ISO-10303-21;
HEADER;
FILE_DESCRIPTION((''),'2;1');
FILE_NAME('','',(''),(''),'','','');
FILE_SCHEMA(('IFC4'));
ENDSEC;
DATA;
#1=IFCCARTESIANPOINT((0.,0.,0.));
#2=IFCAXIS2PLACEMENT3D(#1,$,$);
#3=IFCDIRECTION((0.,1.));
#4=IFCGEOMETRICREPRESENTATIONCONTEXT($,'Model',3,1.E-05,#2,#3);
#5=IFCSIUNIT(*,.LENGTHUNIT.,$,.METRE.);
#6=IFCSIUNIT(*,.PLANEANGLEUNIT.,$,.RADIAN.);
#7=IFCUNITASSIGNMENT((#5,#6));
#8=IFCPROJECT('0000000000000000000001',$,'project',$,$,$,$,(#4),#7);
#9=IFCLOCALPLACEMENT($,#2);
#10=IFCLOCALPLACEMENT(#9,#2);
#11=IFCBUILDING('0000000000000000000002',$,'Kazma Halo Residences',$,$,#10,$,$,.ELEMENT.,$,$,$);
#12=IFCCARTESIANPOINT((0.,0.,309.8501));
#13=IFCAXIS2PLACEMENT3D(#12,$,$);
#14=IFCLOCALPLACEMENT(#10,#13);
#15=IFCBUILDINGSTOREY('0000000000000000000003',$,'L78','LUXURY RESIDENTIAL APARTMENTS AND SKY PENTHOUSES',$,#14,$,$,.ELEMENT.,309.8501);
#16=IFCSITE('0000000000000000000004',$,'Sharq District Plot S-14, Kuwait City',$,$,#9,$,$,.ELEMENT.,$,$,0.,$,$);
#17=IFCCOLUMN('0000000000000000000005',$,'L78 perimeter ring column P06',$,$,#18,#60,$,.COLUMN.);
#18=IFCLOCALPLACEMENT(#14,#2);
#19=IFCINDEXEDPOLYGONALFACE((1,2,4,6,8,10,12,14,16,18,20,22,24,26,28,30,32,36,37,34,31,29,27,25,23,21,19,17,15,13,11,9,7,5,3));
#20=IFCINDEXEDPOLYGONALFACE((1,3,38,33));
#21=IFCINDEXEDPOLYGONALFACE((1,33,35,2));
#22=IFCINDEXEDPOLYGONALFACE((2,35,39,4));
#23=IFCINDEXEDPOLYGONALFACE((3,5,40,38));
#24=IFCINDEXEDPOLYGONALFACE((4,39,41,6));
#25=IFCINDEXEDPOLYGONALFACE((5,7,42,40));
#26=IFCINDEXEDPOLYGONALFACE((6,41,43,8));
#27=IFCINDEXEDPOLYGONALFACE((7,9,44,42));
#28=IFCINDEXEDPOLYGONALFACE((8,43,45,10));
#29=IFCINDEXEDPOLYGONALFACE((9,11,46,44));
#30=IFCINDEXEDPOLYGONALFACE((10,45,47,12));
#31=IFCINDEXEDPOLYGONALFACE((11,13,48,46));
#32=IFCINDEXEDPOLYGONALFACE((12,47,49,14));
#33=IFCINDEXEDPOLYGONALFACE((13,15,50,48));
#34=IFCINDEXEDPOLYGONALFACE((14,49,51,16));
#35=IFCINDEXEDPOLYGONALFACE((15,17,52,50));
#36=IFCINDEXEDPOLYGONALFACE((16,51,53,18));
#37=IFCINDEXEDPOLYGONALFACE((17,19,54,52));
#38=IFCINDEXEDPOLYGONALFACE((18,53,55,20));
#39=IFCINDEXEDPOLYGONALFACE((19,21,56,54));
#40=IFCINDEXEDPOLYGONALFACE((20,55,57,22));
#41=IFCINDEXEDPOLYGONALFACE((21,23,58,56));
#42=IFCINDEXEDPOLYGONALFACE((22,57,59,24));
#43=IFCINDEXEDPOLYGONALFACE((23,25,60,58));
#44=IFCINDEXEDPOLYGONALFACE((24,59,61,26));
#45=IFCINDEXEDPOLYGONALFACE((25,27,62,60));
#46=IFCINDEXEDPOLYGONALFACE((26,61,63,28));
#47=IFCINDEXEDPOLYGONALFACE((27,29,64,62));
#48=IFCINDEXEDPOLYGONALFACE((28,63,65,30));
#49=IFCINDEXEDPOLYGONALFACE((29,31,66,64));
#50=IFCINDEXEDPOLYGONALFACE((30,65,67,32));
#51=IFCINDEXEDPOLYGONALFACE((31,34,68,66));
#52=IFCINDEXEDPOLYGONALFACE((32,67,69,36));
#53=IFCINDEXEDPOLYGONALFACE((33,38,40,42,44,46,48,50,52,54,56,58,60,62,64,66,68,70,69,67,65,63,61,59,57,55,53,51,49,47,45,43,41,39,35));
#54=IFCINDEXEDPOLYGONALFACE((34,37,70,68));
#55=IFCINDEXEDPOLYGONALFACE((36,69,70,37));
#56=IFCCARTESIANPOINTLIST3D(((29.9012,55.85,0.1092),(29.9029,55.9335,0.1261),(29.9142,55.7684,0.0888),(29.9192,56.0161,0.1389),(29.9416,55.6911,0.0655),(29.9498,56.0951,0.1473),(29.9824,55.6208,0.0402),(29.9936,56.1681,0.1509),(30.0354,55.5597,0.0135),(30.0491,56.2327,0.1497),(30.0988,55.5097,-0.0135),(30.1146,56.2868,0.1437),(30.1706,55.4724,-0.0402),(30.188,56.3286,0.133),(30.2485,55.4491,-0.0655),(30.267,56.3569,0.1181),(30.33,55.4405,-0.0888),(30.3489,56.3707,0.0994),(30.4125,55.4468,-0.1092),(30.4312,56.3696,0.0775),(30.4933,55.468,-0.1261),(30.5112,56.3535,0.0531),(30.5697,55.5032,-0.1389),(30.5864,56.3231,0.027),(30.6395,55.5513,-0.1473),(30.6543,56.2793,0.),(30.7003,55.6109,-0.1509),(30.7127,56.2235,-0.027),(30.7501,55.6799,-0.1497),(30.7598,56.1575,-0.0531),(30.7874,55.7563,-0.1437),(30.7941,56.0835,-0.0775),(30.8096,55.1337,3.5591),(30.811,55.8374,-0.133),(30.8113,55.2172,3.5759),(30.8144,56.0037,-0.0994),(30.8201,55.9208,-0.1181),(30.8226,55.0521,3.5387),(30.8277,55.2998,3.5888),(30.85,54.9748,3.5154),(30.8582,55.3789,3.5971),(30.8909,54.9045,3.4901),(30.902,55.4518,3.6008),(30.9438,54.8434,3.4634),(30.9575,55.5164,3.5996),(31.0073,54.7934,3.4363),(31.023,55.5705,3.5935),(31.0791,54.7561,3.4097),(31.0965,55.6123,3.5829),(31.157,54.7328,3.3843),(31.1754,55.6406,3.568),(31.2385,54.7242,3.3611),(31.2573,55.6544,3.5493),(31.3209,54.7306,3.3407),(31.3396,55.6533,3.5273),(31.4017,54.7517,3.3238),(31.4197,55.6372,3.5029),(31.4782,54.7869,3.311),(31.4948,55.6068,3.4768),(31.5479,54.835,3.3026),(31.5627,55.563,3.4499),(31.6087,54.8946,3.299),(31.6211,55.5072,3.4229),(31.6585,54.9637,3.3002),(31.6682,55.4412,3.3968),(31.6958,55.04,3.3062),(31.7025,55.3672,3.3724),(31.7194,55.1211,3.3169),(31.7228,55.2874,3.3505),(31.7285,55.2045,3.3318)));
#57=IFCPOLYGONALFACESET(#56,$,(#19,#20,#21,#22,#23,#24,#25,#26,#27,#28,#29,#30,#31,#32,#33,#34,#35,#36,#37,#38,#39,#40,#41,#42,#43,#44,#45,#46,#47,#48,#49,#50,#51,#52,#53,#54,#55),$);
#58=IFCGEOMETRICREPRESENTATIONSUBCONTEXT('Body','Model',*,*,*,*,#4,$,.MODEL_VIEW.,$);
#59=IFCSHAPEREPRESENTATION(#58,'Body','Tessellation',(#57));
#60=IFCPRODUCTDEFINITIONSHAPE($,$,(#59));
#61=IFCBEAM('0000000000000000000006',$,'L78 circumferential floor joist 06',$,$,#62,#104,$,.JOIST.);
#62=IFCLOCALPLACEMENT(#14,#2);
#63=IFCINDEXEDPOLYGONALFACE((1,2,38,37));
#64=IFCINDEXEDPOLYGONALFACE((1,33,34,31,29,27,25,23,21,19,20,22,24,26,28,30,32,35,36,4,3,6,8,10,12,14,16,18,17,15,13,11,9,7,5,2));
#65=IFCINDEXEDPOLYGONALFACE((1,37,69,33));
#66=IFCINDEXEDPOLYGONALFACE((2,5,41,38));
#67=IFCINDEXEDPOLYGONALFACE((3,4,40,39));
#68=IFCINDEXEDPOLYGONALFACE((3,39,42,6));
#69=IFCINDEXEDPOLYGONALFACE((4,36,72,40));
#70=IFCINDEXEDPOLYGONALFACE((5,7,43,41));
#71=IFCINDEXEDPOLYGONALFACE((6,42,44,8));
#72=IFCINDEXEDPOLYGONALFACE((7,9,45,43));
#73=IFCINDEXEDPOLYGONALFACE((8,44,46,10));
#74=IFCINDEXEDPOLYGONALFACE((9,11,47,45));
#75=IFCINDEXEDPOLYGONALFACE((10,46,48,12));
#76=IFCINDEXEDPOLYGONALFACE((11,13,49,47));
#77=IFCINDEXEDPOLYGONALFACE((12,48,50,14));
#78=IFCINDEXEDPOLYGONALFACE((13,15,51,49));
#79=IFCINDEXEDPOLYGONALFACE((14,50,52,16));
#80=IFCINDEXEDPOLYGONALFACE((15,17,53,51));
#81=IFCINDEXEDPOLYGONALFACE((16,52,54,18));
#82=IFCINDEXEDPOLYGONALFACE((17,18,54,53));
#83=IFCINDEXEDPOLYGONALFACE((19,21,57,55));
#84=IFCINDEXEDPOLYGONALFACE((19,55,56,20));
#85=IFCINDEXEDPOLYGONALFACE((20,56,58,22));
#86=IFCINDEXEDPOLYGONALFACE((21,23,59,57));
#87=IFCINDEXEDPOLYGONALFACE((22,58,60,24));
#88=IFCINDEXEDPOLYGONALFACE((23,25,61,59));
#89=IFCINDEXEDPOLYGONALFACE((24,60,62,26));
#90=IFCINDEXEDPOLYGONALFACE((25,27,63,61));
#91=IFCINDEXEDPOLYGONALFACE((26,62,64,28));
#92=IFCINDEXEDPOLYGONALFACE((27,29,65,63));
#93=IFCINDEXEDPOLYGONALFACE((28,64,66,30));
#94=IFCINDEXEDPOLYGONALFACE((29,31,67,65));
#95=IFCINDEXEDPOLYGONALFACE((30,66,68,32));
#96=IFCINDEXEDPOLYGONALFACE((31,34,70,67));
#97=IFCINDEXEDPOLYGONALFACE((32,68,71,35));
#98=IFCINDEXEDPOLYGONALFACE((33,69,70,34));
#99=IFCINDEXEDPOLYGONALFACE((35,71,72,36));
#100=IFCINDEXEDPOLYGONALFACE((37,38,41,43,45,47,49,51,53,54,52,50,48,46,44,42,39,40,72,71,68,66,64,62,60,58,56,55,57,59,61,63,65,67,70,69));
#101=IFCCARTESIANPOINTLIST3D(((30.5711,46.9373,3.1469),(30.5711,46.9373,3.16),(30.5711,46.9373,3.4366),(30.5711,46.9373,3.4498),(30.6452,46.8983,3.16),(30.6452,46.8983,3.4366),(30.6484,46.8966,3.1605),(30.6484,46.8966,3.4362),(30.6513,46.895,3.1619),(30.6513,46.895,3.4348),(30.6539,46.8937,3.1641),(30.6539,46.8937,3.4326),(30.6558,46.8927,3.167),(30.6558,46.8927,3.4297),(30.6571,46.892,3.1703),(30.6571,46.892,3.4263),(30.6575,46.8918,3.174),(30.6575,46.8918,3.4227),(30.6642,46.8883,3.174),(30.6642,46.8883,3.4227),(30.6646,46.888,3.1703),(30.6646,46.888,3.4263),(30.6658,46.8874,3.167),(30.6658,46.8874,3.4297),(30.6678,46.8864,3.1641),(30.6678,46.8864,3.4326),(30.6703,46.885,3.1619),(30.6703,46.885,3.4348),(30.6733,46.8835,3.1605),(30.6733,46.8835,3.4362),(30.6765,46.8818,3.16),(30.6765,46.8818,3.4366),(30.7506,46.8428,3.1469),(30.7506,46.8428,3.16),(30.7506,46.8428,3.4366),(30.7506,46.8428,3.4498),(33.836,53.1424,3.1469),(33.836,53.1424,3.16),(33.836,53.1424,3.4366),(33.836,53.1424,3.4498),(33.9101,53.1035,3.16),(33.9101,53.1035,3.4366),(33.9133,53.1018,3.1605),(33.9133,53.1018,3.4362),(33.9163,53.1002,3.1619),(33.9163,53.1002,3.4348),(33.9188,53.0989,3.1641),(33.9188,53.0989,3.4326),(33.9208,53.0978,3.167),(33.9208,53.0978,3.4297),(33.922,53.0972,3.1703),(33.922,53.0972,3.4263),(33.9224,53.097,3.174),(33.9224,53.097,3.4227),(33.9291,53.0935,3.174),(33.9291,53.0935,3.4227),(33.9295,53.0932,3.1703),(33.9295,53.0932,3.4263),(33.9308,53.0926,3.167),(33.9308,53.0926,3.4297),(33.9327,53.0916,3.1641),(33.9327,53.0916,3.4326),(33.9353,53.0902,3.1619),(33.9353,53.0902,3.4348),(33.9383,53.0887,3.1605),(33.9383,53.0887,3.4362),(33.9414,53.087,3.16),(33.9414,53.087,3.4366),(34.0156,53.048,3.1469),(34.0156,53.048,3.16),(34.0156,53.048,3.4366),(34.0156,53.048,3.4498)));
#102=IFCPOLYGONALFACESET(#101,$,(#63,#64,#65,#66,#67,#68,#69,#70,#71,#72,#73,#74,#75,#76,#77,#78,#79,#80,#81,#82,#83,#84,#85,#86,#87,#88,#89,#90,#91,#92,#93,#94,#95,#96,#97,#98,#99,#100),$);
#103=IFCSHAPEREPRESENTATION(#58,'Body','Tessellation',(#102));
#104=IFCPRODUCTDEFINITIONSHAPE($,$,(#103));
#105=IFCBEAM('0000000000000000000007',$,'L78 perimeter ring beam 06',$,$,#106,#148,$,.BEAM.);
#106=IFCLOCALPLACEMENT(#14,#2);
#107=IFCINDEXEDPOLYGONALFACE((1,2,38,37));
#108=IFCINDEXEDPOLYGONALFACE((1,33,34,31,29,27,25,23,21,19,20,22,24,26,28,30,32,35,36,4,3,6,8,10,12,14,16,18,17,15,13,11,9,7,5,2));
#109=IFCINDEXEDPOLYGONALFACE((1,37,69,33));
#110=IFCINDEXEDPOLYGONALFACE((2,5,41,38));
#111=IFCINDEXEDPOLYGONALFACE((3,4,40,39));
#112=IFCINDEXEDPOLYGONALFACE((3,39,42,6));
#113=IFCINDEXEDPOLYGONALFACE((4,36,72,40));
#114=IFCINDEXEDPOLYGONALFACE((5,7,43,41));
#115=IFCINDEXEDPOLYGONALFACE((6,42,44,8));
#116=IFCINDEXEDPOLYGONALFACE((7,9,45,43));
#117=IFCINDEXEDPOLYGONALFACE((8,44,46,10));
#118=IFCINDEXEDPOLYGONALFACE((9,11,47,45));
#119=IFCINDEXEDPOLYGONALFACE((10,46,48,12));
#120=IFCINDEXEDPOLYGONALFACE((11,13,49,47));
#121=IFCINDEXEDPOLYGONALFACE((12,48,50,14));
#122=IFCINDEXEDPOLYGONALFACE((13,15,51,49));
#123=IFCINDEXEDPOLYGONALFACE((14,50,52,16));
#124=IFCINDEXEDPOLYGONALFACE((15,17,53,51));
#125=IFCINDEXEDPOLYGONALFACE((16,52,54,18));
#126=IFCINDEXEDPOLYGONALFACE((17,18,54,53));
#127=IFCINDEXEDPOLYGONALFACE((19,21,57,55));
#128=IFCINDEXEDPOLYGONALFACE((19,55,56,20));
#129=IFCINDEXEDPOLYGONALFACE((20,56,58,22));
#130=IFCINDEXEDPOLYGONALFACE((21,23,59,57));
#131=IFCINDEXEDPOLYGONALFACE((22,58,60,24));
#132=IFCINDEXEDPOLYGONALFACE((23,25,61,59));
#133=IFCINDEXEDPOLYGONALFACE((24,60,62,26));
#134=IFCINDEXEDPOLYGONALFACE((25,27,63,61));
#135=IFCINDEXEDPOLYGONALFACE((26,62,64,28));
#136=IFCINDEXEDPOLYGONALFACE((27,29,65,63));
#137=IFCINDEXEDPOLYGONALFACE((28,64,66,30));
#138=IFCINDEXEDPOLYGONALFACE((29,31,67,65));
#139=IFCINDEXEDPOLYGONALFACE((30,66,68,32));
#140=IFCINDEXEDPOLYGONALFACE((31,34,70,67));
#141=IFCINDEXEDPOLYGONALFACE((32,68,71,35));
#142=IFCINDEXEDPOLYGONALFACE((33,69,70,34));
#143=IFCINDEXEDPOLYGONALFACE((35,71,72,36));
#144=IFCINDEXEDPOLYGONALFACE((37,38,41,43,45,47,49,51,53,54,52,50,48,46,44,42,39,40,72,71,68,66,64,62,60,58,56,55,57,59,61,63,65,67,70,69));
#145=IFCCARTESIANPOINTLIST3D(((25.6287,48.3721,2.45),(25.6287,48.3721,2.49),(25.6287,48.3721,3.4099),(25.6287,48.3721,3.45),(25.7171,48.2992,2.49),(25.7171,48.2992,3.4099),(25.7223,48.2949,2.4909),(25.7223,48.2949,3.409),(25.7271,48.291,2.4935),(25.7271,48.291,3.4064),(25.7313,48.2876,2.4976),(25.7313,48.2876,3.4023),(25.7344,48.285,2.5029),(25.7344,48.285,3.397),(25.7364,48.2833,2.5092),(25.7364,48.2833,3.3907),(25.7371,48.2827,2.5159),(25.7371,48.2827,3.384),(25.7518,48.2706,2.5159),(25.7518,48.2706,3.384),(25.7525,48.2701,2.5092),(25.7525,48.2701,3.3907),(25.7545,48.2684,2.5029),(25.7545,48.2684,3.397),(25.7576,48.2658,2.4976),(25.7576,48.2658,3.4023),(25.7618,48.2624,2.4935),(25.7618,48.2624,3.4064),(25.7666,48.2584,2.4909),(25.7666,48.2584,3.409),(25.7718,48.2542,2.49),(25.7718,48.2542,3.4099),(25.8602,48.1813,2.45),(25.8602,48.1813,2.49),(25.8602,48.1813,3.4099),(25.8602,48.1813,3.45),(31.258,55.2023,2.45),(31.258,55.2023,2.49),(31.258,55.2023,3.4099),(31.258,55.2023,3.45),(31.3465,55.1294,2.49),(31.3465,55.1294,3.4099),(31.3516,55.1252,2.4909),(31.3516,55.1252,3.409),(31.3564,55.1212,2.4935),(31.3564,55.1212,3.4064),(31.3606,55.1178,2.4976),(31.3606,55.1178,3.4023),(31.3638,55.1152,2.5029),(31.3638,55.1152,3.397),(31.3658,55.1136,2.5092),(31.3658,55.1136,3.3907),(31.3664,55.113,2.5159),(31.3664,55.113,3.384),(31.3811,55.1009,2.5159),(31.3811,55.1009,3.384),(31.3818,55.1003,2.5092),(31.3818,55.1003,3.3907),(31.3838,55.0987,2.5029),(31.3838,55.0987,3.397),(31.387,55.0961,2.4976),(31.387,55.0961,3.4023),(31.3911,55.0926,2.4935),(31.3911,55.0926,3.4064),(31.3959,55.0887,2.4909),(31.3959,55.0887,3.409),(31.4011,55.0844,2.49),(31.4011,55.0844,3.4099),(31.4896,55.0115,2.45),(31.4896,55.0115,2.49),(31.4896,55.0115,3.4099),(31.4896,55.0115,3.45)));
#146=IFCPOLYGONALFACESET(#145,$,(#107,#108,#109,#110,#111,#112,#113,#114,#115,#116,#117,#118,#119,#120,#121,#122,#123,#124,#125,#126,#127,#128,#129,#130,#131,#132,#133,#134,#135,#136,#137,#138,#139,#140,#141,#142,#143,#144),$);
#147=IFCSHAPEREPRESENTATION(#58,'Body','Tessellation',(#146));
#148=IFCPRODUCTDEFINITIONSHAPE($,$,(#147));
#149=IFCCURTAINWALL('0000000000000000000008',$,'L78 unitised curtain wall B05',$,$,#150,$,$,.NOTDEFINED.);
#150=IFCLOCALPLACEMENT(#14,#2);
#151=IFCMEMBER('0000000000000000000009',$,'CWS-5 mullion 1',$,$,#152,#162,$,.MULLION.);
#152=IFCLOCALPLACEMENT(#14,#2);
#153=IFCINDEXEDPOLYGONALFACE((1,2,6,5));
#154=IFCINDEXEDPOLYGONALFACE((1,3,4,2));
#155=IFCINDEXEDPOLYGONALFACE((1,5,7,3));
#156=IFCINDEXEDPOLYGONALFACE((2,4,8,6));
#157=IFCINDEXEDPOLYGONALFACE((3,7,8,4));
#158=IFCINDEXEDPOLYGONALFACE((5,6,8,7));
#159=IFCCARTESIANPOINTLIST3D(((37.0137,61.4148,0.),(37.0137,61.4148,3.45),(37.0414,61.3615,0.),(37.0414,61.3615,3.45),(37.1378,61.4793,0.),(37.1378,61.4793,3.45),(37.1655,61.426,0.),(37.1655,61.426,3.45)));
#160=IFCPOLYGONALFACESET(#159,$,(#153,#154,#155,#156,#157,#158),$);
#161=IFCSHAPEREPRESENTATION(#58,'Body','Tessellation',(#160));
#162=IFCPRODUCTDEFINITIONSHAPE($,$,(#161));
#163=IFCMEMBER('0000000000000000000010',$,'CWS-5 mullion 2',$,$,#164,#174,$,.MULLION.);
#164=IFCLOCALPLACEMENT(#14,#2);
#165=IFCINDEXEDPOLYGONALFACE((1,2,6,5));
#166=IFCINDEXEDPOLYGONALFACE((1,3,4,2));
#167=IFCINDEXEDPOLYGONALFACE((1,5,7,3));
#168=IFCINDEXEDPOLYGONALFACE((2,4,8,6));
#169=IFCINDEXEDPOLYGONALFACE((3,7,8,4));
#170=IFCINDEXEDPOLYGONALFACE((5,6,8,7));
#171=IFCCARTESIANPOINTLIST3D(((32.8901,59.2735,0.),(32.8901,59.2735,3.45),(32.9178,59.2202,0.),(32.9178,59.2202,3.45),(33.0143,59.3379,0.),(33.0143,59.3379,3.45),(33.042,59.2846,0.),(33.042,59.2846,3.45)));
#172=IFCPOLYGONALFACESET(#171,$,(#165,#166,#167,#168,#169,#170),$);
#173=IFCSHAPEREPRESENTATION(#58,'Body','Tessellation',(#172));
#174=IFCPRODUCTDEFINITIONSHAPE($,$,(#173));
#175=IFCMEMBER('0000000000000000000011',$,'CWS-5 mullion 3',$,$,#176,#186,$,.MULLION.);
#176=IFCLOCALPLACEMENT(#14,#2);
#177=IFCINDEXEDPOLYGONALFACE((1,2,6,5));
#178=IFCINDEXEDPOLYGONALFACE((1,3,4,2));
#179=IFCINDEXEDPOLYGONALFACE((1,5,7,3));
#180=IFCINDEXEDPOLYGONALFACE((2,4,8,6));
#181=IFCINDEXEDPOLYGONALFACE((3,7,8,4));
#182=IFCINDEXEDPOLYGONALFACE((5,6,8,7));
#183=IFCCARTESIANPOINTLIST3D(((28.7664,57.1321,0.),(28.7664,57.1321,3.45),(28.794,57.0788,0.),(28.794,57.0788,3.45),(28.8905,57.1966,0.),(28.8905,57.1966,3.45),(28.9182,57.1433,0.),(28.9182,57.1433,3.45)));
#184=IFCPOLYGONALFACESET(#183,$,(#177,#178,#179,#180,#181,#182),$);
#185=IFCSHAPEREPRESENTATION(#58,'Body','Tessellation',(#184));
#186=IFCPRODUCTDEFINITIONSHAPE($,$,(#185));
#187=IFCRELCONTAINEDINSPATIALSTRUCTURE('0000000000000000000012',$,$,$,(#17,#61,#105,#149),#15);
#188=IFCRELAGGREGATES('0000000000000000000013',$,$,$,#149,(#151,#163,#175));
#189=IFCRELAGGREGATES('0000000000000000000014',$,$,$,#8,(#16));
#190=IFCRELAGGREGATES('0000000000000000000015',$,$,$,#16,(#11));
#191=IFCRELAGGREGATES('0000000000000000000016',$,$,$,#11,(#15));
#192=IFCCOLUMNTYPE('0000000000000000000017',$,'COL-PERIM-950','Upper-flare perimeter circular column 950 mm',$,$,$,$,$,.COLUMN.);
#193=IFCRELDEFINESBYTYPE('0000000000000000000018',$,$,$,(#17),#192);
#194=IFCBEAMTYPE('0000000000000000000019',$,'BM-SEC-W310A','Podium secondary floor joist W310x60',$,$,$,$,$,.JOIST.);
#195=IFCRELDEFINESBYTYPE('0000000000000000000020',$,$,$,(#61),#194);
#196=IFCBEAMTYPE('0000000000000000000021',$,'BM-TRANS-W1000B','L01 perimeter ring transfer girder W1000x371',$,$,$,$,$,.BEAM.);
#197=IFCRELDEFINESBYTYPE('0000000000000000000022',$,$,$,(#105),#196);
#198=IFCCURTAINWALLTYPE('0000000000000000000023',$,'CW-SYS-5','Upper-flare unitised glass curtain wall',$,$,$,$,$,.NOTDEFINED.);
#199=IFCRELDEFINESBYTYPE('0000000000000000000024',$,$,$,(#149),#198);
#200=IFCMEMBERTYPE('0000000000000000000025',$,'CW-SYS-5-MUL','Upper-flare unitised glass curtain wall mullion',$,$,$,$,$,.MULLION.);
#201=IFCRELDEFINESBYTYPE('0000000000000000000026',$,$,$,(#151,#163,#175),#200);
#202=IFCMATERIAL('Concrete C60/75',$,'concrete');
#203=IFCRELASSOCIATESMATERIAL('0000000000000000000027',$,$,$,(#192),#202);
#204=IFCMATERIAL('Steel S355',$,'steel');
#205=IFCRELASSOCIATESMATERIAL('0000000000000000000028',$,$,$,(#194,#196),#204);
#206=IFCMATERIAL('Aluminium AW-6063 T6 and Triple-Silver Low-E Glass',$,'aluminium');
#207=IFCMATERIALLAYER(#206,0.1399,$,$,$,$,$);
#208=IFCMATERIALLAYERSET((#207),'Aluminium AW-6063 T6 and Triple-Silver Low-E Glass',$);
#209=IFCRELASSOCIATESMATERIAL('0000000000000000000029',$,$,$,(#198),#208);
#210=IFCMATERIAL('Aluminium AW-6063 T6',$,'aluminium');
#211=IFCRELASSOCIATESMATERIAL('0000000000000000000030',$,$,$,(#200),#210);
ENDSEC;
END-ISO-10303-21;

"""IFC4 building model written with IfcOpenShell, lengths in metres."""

from ifc_helpers import new_model, si_unit, direction, frame, origin, origin_2d, place, context, subcontext, project, spatial, rectangle, circle, i_section, extrude, material, layer, layer_set, material_profile, profile_set, type_object, element, aggregate, save


model = new_model("IFC4")

# Units and contexts
model_context = context("Model", 3, precision=1e-05, world=origin(), true_north=direction((0.0, 1.0)))
body_context = subcontext(model_context, "Body", "Model", "MODEL_VIEW")
ifc_project = project(units=[si_unit("LENGTHUNIT", "METRE"), si_unit("PLANEANGLEUNIT", "RADIAN")], contexts=[model_context])

# Site, building, storey
site_placement = place(None, origin())
site = spatial("IfcSite", under=ifc_project, at=site_placement, Name="Sharq District Plot S-14, Kuwait City", CompositionType="ELEMENT", RefElevation=0.0)
building_placement = place(site_placement, origin())
building = spatial("IfcBuilding", under=site, at=building_placement, Name="Kazma Halo Residences", CompositionType="ELEMENT")
storey_placement = place(building_placement, frame((0.0, 0.0, 309.8501)))
storey = spatial("IfcBuildingStorey", under=building, at=storey_placement, Name="L78", Description="LUXURY RESIDENTIAL APARTMENTS AND SKY PENTHOUSES", CompositionType="ELEMENT", Elevation=309.8501)

# Column
ifc_material_1 = material(Name="Concrete C60/75", Category="concrete")
ifc_material_profile_1 = material_profile(ifc_material_1, circle(Radius=0.4751, at=origin_2d()), Name="CIRC950")
ifc_profile_set_1 = profile_set([ifc_material_profile_1], Name="Concrete C60/75")
column_type = type_object("IfcColumnType", Name="COL-PERIM-950", Description="Upper-flare perimeter circular column 950 mm", PredefinedType="COLUMN", material=ifc_profile_set_1)
column_placement = place(storey_placement, frame((30.3601, 55.9062, 0.0), z_axis=(0.249659, -0.196855, 0.948113), x_axis=(0.619172, 0.785255, 0.0)))
element("IfcColumn", 1, at=column_placement, inside=storey, type_object=column_type, Name="L78 perimeter ring column P06", PredefinedType="COLUMN", context=body_context, shape_type="SweptSolid", body=[
    extrude(circle(Radius=0.4751, at=origin_2d()), origin(), (0.0, 0.0, 1.0), 3.6387),
])

# Beams
ifc_material_2 = material(Name="Steel S355", Category="steel")
ifc_material_profile_2 = material_profile(ifc_material_2, i_section(OverallWidth=0.2029, OverallDepth=0.303, WebThickness=0.0076, FlangeThickness=0.0132, FilletRadius=0.0139, at=origin_2d()), Name="W310x60")
ifc_profile_set_2 = profile_set([ifc_material_profile_2], Name="Steel S355")
beam_type_1 = type_object("IfcBeamType", Name="BM-SEC-W310A", Description="Podium secondary floor joist W310x60", PredefinedType="JOIST", material=ifc_profile_set_2)
beam_1_placement = place(storey_placement, frame((33.9258, 53.0952, 3.2983), z_axis=(-0.465642, -0.884973, 0.0), x_axis=(0.884973, -0.465642, 0.0)))
element("IfcBeam", 2, at=beam_1_placement, inside=storey, type_object=beam_type_1, Name="L78 circumferential floor joist 06", PredefinedType="JOIST", context=body_context, shape_type="SweptSolid", body=[
    extrude(i_section(OverallWidth=0.2029, OverallDepth=0.303, WebThickness=0.0076, FlangeThickness=0.0132, FilletRadius=0.0139, at=origin_2d()), origin(), (0.0, 0.0, 1.0), 7.0117),
])
ifc_material_profile_3 = material_profile(ifc_material_2, i_section(OverallWidth=0.3, OverallDepth=1.0, WebThickness=0.019, FlangeThickness=0.04, FilletRadius=0.0259, at=origin_2d()), Name="W1000x371")
ifc_profile_set_3 = profile_set([ifc_material_profile_3], Name="Steel S355")
beam_type_2 = type_object("IfcBeamType", Name="BM-TRANS-W1000B", Description="L01 perimeter ring transfer girder W1000x371", PredefinedType="BEAM", material=ifc_profile_set_3)
beam_2_placement = place(storey_placement, frame((31.3738, 55.1069, 2.95), z_axis=(-0.636005, -0.771685, 0.0), x_axis=(0.771685, -0.636005, 0.0)))
element("IfcBeam", 3, at=beam_2_placement, inside=storey, type_object=beam_type_2, Name="L78 perimeter ring beam 06", PredefinedType="BEAM", context=body_context, shape_type="SweptSolid", body=[
    extrude(i_section(OverallWidth=0.3, OverallDepth=1.0, WebThickness=0.019, FlangeThickness=0.04, FilletRadius=0.0259, at=origin_2d()), origin(), (0.0, 0.0, 1.0), 8.8511),
])

# Curtain wall, members
ifc_material_3 = material(Name="Aluminium AW-6063 T6 and Triple-Silver Low-E Glass", Category="aluminium")
ifc_layer_1 = layer(ifc_material_3, 0.1399)
ifc_layer_set_1 = layer_set([ifc_layer_1], Name="Aluminium AW-6063 T6 and Triple-Silver Low-E Glass")
curtain_wall_type = type_object("IfcCurtainWallType", Name="CW-SYS-5", Description="Upper-flare unitised glass curtain wall", PredefinedType="NOTDEFINED", material=ifc_layer_set_1)
curtain_wall_placement = place(storey_placement, origin())
curtain_wall = element("IfcCurtainWall", 4, at=curtain_wall_placement, inside=storey, type_object=curtain_wall_type, Name="L78 unitised curtain wall B05", PredefinedType="NOTDEFINED")
ifc_material_4 = material(Name="Aluminium AW-6063 T6", Category="aluminium")
ifc_material_profile_4 = material_profile(ifc_material_4, rectangle(XDim=0.0601, YDim=0.1399, at=origin_2d()), Name="CWM-60x140")
ifc_profile_set_4 = profile_set([ifc_material_profile_4], Name="Aluminium AW-6063 T6")
member_type_1 = type_object("IfcMemberType", Name="CW-SYS-5-MUL", Description="Upper-flare unitised glass curtain wall mullion", PredefinedType="MULLION", material=ifc_profile_set_4)
member_1_placement = place(storey_placement, frame((37.0896, 61.4204, 0.0), z_axis=(0.0, 0.0, 1.0), x_axis=(0.460859, -0.887473, 0.0)))
member_1 = element("IfcMember", 5, at=member_1_placement, type_object=member_type_1, Name="CWS-5 mullion 1", PredefinedType="MULLION", context=body_context, shape_type="SweptSolid", body=[
    extrude(rectangle(XDim=0.0601, YDim=0.1399, at=origin_2d()), origin(), (0.0, 0.0, 1.0), 3.45),
])
member_2_placement = place(storey_placement, frame((32.9661, 59.2791, 0.0), z_axis=(0.0, 0.0, 1.0), x_axis=(0.460859, -0.887473, 0.0)))
member_2 = element("IfcMember", 6, at=member_2_placement, type_object=member_type_1, Name="CWS-5 mullion 2", PredefinedType="MULLION", context=body_context, shape_type="SweptSolid", body=[
    extrude(rectangle(XDim=0.0601, YDim=0.1399, at=origin_2d()), origin(), (0.0, 0.0, 1.0), 3.45),
])
member_3_placement = place(storey_placement, frame((28.8423, 57.1377, 0.0), z_axis=(0.0, 0.0, 1.0), x_axis=(0.460859, -0.887473, 0.0)))
member_3 = element("IfcMember", 7, at=member_3_placement, type_object=member_type_1, Name="CWS-5 mullion 3", PredefinedType="MULLION", context=body_context, shape_type="SweptSolid", body=[
    extrude(rectangle(XDim=0.0601, YDim=0.1399, at=origin_2d()), origin(), (0.0, 0.0, 1.0), 3.45),
])
aggregate(curtain_wall, [member_1, member_2, member_3])

save(model, "model.ifc")
